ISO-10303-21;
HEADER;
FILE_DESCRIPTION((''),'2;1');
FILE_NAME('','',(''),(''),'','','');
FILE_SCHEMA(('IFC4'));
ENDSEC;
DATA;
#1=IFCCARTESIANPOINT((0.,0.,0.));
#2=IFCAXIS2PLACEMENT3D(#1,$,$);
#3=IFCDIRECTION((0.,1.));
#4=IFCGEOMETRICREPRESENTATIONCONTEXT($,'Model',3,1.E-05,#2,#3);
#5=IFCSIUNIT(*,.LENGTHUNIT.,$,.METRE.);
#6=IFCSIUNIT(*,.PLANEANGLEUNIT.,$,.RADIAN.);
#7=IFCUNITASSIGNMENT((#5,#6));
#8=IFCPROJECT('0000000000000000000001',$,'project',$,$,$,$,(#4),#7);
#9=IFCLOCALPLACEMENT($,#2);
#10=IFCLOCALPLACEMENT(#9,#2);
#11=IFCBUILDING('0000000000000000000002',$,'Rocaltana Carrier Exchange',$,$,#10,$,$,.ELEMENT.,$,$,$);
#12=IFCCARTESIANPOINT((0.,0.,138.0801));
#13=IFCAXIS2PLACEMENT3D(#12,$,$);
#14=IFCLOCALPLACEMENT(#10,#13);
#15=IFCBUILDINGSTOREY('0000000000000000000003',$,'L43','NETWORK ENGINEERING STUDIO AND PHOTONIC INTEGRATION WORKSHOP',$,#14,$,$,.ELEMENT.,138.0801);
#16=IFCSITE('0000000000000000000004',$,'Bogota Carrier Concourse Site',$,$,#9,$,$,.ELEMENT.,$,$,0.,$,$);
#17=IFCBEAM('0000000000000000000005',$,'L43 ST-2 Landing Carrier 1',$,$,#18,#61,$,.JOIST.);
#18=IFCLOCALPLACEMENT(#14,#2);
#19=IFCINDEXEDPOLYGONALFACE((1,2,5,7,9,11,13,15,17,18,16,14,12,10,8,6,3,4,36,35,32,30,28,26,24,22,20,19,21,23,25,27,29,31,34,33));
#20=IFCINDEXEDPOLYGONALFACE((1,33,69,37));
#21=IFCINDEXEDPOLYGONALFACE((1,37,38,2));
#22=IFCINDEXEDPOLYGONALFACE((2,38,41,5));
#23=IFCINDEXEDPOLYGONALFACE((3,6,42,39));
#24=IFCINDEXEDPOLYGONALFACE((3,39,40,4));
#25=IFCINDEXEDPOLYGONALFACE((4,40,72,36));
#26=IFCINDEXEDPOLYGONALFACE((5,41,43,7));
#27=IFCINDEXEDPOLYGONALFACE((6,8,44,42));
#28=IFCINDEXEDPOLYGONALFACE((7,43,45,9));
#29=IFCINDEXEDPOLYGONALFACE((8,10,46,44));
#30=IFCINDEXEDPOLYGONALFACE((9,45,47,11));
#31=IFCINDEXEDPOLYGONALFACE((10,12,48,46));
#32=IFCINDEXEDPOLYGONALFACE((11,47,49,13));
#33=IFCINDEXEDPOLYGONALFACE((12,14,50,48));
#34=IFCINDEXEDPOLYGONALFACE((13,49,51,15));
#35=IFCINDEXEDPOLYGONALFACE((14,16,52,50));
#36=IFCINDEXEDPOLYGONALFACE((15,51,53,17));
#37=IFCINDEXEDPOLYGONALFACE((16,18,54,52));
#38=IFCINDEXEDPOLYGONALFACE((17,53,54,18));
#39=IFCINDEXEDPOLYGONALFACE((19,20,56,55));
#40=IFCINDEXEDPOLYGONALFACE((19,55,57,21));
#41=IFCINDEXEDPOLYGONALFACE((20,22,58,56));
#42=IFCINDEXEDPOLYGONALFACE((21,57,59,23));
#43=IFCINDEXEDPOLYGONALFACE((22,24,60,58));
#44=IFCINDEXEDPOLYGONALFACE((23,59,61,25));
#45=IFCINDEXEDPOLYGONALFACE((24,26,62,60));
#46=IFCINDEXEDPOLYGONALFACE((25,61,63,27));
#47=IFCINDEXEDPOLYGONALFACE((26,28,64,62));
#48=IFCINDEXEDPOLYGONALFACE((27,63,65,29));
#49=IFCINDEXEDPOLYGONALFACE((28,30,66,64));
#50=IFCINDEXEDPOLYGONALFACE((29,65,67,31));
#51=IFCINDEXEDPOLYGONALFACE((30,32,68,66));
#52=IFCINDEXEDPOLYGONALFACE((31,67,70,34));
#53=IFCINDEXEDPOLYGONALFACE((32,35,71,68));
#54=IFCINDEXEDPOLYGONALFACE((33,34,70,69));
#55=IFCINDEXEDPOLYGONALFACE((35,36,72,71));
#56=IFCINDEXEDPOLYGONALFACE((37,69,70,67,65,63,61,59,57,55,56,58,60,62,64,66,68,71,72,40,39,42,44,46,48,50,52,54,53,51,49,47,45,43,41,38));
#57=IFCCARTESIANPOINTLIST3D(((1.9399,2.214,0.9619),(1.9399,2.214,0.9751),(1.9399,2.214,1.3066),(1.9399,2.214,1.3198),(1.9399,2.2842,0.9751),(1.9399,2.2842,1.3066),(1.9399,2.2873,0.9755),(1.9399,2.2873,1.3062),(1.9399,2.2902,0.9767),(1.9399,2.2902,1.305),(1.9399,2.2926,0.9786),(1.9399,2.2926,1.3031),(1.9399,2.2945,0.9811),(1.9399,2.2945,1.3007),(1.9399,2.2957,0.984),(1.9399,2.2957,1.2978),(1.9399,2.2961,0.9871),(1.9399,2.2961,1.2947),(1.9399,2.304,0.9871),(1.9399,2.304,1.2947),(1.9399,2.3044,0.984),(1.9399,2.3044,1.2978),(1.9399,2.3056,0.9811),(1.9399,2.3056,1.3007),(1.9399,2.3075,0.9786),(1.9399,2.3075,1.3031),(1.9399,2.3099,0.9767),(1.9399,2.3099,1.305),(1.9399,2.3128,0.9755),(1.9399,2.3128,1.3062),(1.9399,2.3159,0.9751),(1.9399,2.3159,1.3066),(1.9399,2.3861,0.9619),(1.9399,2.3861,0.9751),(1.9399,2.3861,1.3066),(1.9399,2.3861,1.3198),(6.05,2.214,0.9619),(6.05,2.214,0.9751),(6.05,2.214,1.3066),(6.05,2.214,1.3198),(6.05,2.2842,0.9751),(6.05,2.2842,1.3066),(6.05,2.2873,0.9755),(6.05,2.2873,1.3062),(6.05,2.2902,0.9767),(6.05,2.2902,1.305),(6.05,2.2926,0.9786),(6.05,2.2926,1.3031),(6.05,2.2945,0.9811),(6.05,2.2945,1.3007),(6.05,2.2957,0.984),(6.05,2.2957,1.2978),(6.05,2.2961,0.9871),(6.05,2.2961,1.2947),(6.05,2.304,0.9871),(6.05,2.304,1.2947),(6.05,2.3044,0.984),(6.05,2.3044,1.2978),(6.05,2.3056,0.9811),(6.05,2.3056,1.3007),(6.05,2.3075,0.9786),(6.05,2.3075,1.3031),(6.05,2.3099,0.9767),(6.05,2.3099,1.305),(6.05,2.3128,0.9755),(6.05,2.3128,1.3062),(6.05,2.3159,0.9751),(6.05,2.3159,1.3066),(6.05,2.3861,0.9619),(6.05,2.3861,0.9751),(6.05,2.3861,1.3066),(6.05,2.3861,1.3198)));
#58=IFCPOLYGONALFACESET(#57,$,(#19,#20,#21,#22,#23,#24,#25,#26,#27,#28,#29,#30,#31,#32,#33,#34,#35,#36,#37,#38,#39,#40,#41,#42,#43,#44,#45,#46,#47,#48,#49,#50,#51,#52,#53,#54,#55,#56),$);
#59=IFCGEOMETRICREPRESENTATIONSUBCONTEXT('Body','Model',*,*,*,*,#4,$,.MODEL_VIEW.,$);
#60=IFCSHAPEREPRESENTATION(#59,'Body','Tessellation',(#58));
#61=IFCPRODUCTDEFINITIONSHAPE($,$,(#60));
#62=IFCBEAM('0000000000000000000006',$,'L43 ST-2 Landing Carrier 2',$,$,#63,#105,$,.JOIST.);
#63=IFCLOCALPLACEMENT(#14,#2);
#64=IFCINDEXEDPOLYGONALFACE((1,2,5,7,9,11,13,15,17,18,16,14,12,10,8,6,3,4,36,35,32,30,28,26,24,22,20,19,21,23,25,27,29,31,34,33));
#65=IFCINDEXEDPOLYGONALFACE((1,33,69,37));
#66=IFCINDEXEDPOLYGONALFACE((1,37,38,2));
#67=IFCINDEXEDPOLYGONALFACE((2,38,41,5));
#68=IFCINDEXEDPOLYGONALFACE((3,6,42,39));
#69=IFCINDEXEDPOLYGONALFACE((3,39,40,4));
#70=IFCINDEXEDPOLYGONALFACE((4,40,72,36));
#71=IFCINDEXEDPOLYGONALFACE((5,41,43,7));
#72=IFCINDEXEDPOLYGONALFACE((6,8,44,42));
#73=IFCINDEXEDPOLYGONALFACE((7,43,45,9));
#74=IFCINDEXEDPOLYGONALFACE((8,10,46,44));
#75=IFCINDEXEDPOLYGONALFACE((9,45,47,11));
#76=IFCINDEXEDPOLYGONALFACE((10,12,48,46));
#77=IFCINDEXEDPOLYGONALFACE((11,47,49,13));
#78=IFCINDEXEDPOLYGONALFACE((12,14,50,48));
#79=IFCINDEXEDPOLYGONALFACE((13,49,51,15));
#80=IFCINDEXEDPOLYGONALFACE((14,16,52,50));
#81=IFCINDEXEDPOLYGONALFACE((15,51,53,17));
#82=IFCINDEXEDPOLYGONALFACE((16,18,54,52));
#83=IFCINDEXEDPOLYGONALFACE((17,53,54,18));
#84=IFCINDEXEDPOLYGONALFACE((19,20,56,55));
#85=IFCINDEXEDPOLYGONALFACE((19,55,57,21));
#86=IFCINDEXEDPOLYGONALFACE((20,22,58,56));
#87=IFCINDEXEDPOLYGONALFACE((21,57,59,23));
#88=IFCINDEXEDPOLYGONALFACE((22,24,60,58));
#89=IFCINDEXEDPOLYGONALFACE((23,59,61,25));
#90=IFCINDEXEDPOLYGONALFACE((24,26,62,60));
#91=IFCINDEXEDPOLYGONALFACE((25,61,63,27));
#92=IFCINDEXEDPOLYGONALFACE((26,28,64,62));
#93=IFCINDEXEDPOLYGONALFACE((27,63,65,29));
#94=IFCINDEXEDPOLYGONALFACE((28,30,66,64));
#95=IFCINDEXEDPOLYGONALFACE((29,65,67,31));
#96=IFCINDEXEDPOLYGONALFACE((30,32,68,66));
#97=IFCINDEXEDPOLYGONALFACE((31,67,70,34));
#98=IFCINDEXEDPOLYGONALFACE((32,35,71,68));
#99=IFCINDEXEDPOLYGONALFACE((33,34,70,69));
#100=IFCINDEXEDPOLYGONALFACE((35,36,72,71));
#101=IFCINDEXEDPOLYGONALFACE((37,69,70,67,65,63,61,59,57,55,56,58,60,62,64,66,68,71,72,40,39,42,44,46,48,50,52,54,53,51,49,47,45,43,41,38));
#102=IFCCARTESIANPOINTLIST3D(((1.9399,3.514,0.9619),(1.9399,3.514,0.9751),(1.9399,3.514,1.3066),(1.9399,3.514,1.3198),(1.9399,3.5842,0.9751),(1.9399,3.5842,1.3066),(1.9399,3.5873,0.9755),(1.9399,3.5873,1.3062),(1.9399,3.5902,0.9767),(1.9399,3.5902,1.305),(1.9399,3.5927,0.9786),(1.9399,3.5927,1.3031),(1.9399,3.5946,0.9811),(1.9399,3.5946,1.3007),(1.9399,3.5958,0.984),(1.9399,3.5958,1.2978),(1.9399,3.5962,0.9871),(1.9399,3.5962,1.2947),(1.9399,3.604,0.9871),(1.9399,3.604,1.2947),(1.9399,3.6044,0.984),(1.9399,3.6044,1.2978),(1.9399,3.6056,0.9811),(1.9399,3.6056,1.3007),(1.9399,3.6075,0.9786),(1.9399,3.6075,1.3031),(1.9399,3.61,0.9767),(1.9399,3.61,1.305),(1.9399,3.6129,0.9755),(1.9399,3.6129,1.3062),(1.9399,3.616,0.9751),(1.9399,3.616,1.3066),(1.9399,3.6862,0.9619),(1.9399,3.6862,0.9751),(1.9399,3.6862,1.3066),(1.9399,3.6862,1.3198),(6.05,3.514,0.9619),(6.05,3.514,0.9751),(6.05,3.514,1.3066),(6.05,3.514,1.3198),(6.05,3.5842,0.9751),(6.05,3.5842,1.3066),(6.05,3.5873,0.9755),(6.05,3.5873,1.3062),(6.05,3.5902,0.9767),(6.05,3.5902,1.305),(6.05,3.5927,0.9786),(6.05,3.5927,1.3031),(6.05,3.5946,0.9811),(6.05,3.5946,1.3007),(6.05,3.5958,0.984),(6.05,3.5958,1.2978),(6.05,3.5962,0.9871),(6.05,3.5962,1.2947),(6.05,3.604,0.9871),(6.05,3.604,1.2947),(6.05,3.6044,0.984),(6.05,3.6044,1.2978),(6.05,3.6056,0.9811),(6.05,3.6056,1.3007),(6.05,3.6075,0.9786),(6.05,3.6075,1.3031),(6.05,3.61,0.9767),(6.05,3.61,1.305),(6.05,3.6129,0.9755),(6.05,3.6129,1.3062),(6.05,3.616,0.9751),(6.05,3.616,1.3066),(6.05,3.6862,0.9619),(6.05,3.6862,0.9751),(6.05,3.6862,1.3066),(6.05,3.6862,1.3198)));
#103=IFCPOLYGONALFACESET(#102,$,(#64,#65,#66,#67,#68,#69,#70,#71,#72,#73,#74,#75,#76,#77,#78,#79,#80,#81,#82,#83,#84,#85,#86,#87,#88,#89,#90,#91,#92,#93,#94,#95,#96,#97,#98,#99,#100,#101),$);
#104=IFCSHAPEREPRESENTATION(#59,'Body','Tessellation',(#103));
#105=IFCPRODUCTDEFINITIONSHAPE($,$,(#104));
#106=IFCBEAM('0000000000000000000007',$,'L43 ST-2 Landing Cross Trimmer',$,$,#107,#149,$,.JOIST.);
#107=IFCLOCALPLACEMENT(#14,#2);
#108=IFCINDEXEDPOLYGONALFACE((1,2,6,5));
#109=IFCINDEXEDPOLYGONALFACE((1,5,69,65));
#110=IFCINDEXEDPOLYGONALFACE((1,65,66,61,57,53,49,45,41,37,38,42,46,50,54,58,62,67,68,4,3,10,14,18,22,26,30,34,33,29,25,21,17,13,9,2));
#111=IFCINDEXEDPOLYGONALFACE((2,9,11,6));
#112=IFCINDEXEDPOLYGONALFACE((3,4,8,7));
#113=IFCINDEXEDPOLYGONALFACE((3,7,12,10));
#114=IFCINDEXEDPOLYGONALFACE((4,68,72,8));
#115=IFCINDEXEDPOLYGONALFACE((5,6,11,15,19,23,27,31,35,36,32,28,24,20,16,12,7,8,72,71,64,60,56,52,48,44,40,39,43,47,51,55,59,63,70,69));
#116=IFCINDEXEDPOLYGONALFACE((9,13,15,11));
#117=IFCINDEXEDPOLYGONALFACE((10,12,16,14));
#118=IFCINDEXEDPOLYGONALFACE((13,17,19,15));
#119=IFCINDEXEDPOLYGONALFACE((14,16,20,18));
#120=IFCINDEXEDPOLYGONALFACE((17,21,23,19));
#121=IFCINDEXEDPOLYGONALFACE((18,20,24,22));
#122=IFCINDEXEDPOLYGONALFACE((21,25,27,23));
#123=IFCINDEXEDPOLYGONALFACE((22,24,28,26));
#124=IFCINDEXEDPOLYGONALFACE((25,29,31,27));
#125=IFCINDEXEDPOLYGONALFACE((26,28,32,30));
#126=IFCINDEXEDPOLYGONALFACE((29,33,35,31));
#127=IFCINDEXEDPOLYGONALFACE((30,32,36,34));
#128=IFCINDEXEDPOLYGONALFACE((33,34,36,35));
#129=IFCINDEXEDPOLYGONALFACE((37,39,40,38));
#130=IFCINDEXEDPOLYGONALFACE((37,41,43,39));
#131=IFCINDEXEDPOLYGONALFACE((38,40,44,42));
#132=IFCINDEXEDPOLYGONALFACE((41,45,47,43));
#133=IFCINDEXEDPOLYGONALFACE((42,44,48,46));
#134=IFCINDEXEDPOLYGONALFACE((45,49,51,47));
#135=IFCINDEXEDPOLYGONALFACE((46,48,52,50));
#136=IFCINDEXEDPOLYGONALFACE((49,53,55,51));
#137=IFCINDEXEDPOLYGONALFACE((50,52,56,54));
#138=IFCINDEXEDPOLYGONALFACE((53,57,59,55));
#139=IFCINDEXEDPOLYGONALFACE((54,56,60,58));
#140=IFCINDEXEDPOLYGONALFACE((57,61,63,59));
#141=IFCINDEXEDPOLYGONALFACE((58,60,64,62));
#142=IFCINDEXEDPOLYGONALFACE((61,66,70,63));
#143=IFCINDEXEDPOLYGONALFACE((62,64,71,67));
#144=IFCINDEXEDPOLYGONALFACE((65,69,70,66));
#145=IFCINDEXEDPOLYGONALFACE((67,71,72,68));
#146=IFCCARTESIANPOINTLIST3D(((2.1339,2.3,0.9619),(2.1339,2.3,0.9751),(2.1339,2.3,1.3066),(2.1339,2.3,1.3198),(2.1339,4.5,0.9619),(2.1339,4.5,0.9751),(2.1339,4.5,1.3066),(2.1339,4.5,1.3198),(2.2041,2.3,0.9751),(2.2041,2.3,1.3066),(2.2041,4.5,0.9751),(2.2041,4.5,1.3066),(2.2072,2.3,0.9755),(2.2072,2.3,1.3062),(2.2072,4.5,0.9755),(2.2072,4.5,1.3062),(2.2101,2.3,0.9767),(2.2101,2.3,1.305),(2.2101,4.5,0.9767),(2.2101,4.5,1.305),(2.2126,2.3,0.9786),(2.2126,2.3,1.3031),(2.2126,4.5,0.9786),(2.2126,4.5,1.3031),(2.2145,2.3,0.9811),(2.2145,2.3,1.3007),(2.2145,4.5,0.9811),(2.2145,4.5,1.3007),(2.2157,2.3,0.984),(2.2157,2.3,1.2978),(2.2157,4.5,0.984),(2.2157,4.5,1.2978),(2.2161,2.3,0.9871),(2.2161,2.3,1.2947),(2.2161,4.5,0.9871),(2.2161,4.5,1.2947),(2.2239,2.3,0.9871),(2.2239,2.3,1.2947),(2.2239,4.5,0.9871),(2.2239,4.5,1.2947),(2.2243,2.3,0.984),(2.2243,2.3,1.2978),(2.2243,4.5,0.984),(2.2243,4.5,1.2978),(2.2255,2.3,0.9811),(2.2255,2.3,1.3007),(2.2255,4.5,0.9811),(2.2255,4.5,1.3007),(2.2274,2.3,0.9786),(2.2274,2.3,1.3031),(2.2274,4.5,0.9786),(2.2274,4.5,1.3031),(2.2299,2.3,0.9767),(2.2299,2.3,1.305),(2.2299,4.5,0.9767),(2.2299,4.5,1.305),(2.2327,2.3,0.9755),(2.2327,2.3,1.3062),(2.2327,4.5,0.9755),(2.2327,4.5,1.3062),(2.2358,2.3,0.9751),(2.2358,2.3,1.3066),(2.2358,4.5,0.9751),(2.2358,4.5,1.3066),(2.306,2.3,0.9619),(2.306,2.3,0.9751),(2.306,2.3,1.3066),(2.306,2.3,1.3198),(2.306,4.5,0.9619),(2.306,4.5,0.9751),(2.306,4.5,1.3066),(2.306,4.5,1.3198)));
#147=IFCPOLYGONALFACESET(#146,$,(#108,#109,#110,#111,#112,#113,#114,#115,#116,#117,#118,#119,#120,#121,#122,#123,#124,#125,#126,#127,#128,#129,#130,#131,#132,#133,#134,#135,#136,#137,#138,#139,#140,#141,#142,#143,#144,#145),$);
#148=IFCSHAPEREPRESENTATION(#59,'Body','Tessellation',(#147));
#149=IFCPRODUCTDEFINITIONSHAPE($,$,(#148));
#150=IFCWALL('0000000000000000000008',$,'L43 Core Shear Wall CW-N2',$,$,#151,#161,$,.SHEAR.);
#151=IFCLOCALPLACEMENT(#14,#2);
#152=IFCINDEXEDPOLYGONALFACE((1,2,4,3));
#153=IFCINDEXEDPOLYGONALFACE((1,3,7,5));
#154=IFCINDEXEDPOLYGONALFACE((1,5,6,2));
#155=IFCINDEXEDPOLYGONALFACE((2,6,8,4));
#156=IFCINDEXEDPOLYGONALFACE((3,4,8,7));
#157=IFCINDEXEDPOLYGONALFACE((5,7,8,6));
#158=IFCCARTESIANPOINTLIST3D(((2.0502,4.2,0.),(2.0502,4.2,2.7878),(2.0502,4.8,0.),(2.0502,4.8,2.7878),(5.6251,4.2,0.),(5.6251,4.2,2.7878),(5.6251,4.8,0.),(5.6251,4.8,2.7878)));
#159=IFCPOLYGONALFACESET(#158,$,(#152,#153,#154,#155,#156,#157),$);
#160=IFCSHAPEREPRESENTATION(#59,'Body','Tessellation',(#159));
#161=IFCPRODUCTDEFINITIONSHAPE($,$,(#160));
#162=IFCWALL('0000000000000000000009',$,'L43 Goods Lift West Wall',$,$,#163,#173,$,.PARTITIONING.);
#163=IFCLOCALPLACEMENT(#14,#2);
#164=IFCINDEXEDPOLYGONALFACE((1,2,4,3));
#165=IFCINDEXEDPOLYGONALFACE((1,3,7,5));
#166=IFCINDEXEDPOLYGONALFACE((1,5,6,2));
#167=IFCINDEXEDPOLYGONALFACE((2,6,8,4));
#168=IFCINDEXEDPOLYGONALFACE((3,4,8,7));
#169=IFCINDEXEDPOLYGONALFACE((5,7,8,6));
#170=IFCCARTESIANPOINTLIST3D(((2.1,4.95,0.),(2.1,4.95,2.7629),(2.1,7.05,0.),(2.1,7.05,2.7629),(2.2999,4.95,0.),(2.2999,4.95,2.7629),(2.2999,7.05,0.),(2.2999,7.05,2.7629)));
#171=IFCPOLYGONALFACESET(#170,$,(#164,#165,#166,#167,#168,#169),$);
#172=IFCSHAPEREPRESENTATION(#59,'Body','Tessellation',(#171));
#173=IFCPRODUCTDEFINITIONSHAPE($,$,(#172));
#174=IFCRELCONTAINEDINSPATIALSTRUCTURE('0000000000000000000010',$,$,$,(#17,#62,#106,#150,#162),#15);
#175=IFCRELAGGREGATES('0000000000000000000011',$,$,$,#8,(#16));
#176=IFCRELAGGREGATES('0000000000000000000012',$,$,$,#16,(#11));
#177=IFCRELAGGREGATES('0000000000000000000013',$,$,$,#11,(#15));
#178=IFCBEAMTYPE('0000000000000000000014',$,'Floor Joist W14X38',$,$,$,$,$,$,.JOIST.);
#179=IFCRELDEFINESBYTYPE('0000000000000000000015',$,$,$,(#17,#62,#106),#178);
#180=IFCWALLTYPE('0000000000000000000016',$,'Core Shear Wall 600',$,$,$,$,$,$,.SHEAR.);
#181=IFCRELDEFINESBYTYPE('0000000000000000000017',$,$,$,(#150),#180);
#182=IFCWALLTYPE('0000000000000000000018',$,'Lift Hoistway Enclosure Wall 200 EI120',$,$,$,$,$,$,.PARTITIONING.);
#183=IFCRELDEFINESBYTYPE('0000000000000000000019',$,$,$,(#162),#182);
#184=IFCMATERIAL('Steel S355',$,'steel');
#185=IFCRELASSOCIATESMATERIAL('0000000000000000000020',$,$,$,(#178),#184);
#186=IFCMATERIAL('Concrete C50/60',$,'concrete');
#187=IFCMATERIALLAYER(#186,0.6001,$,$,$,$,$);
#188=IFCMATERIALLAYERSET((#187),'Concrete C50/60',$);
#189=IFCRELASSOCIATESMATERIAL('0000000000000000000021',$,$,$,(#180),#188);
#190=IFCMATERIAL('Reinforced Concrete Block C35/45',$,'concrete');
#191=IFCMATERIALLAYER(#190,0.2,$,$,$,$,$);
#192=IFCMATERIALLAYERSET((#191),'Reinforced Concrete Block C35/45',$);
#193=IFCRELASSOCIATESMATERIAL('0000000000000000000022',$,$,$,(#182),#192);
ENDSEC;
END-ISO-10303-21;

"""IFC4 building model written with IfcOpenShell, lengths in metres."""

from ifc_helpers import new_model, si_unit, direction, frame, frame_2d, origin, origin_2d, place, context, subcontext, project, spatial, rectangle, i_section, extrude, material, layer, layer_set, material_profile, profile_set, type_object, element, save


model = new_model("IFC4")

# Units and contexts
model_context = context("Model", 3, precision=1e-05, world=origin(), true_north=direction((0.0, 1.0)))
body_context = subcontext(model_context, "Body", "Model", "MODEL_VIEW")
ifc_project = project(units=[si_unit("LENGTHUNIT", "METRE"), si_unit("PLANEANGLEUNIT", "RADIAN")], contexts=[model_context])

# Site, building, storey
site_placement = place(None, origin())
site = spatial("IfcSite", under=ifc_project, at=site_placement, Name="Bogota Carrier Concourse Site", CompositionType="ELEMENT", RefElevation=0.0)
building_placement = place(site_placement, origin())
building = spatial("IfcBuilding", under=site, at=building_placement, Name="Rocaltana Carrier Exchange", CompositionType="ELEMENT")
storey_placement = place(building_placement, frame((0.0, 0.0, 138.0801)))
storey = spatial("IfcBuildingStorey", under=building, at=storey_placement, Name="L43", Description="NETWORK ENGINEERING STUDIO AND PHOTONIC INTEGRATION WORKSHOP", CompositionType="ELEMENT", Elevation=138.0801)

# Beams
ifc_material_1 = material(Name="Steel S355", Category="steel")
ifc_material_profile = material_profile(ifc_material_1, i_section(OverallWidth=0.1721, OverallDepth=0.3579, WebThickness=0.0078, FlangeThickness=0.0132, FilletRadius=0.012, at=origin_2d()), Name="W14X38")
ifc_profile_set = profile_set([ifc_material_profile], Name="Steel S355")
beam_type = type_object("IfcBeamType", Name="Floor Joist W14X38", PredefinedType="JOIST", material=ifc_profile_set)
for number, where, z_axis, x_axis, name in (
    (1, (1.9399, 2.3, 1.1409), (1.0, 0.0, 0.0), (0.0, 1.0, 0.0), "L43 ST-2 Landing Carrier 1"),
    (2, (1.9399, 3.6001, 1.1409), (1.0, 0.0, 0.0), (0.0, 1.0, 0.0), "L43 ST-2 Landing Carrier 2"),
):
    element("IfcBeam", number, at=place(storey_placement, frame(where, z_axis=z_axis, x_axis=x_axis)), inside=storey, type_object=beam_type, Name=name, PredefinedType="JOIST", context=body_context, shape_type="SweptSolid", body=[
        extrude(i_section(OverallWidth=0.1721, OverallDepth=0.3579, WebThickness=0.0078, FlangeThickness=0.0132, FilletRadius=0.012, at=origin_2d()), origin(), (0.0, 0.0, 1.0), 4.1101),
    ])
beam_placement = place(storey_placement, frame((2.22, 2.3, 1.1409), z_axis=(0.0, 1.0, 0.0), x_axis=(-1.0, 0.0, 0.0)))
element("IfcBeam", 3, at=beam_placement, inside=storey, type_object=beam_type, Name="L43 ST-2 Landing Cross Trimmer", PredefinedType="JOIST", context=body_context, shape_type="SweptSolid", body=[
    extrude(i_section(OverallWidth=0.1721, OverallDepth=0.3579, WebThickness=0.0078, FlangeThickness=0.0132, FilletRadius=0.012, at=origin_2d()), origin(), (0.0, 0.0, 1.0), 2.2),
])

# Walls
ifc_material_2 = material(Name="Concrete C50/60", Category="concrete")
ifc_layer_1 = layer(ifc_material_2, 0.6001)
ifc_layer_set_1 = layer_set([ifc_layer_1], Name="Concrete C50/60")
wall_type_1 = type_object("IfcWallType", Name="Core Shear Wall 600", PredefinedType="SHEAR", material=ifc_layer_set_1)
wall_1_placement = place(storey_placement, frame((2.05, 4.5, 0.0), z_axis=(0.0, 0.0, 1.0), x_axis=(1.0, 0.0, 0.0)))
element("IfcWall", 4, at=wall_1_placement, inside=storey, type_object=wall_type_1, Name="L43 Core Shear Wall CW-N2", PredefinedType="SHEAR", context=body_context, shape_type="SweptSolid", body=[
    extrude(rectangle(XDim=3.575, YDim=0.6001, at=frame_2d((1.7876, 0.0))), origin(), (0.0, 0.0, 1.0), 2.7878),
])
ifc_material_3 = material(Name="Reinforced Concrete Block C35/45", Category="concrete")
ifc_layer_2 = layer(ifc_material_3, 0.2)
ifc_layer_set_2 = layer_set([ifc_layer_2], Name="Reinforced Concrete Block C35/45")
wall_type_2 = type_object("IfcWallType", Name="Lift Hoistway Enclosure Wall 200 EI120", PredefinedType="PARTITIONING", material=ifc_layer_set_2)
wall_2_placement = place(storey_placement, frame((2.2, 4.95, 0.0), z_axis=(0.0, 0.0, 1.0), x_axis=(0.0, 1.0, 0.0)))
element("IfcWall", 5, at=wall_2_placement, inside=storey, type_object=wall_type_2, Name="L43 Goods Lift West Wall", PredefinedType="PARTITIONING", context=body_context, shape_type="SweptSolid", body=[
    extrude(rectangle(XDim=2.1001, YDim=0.2, at=frame_2d((1.05, 0.0))), origin(), (0.0, 0.0, 1.0), 2.7629),
])

save(model, "model.ifc")
